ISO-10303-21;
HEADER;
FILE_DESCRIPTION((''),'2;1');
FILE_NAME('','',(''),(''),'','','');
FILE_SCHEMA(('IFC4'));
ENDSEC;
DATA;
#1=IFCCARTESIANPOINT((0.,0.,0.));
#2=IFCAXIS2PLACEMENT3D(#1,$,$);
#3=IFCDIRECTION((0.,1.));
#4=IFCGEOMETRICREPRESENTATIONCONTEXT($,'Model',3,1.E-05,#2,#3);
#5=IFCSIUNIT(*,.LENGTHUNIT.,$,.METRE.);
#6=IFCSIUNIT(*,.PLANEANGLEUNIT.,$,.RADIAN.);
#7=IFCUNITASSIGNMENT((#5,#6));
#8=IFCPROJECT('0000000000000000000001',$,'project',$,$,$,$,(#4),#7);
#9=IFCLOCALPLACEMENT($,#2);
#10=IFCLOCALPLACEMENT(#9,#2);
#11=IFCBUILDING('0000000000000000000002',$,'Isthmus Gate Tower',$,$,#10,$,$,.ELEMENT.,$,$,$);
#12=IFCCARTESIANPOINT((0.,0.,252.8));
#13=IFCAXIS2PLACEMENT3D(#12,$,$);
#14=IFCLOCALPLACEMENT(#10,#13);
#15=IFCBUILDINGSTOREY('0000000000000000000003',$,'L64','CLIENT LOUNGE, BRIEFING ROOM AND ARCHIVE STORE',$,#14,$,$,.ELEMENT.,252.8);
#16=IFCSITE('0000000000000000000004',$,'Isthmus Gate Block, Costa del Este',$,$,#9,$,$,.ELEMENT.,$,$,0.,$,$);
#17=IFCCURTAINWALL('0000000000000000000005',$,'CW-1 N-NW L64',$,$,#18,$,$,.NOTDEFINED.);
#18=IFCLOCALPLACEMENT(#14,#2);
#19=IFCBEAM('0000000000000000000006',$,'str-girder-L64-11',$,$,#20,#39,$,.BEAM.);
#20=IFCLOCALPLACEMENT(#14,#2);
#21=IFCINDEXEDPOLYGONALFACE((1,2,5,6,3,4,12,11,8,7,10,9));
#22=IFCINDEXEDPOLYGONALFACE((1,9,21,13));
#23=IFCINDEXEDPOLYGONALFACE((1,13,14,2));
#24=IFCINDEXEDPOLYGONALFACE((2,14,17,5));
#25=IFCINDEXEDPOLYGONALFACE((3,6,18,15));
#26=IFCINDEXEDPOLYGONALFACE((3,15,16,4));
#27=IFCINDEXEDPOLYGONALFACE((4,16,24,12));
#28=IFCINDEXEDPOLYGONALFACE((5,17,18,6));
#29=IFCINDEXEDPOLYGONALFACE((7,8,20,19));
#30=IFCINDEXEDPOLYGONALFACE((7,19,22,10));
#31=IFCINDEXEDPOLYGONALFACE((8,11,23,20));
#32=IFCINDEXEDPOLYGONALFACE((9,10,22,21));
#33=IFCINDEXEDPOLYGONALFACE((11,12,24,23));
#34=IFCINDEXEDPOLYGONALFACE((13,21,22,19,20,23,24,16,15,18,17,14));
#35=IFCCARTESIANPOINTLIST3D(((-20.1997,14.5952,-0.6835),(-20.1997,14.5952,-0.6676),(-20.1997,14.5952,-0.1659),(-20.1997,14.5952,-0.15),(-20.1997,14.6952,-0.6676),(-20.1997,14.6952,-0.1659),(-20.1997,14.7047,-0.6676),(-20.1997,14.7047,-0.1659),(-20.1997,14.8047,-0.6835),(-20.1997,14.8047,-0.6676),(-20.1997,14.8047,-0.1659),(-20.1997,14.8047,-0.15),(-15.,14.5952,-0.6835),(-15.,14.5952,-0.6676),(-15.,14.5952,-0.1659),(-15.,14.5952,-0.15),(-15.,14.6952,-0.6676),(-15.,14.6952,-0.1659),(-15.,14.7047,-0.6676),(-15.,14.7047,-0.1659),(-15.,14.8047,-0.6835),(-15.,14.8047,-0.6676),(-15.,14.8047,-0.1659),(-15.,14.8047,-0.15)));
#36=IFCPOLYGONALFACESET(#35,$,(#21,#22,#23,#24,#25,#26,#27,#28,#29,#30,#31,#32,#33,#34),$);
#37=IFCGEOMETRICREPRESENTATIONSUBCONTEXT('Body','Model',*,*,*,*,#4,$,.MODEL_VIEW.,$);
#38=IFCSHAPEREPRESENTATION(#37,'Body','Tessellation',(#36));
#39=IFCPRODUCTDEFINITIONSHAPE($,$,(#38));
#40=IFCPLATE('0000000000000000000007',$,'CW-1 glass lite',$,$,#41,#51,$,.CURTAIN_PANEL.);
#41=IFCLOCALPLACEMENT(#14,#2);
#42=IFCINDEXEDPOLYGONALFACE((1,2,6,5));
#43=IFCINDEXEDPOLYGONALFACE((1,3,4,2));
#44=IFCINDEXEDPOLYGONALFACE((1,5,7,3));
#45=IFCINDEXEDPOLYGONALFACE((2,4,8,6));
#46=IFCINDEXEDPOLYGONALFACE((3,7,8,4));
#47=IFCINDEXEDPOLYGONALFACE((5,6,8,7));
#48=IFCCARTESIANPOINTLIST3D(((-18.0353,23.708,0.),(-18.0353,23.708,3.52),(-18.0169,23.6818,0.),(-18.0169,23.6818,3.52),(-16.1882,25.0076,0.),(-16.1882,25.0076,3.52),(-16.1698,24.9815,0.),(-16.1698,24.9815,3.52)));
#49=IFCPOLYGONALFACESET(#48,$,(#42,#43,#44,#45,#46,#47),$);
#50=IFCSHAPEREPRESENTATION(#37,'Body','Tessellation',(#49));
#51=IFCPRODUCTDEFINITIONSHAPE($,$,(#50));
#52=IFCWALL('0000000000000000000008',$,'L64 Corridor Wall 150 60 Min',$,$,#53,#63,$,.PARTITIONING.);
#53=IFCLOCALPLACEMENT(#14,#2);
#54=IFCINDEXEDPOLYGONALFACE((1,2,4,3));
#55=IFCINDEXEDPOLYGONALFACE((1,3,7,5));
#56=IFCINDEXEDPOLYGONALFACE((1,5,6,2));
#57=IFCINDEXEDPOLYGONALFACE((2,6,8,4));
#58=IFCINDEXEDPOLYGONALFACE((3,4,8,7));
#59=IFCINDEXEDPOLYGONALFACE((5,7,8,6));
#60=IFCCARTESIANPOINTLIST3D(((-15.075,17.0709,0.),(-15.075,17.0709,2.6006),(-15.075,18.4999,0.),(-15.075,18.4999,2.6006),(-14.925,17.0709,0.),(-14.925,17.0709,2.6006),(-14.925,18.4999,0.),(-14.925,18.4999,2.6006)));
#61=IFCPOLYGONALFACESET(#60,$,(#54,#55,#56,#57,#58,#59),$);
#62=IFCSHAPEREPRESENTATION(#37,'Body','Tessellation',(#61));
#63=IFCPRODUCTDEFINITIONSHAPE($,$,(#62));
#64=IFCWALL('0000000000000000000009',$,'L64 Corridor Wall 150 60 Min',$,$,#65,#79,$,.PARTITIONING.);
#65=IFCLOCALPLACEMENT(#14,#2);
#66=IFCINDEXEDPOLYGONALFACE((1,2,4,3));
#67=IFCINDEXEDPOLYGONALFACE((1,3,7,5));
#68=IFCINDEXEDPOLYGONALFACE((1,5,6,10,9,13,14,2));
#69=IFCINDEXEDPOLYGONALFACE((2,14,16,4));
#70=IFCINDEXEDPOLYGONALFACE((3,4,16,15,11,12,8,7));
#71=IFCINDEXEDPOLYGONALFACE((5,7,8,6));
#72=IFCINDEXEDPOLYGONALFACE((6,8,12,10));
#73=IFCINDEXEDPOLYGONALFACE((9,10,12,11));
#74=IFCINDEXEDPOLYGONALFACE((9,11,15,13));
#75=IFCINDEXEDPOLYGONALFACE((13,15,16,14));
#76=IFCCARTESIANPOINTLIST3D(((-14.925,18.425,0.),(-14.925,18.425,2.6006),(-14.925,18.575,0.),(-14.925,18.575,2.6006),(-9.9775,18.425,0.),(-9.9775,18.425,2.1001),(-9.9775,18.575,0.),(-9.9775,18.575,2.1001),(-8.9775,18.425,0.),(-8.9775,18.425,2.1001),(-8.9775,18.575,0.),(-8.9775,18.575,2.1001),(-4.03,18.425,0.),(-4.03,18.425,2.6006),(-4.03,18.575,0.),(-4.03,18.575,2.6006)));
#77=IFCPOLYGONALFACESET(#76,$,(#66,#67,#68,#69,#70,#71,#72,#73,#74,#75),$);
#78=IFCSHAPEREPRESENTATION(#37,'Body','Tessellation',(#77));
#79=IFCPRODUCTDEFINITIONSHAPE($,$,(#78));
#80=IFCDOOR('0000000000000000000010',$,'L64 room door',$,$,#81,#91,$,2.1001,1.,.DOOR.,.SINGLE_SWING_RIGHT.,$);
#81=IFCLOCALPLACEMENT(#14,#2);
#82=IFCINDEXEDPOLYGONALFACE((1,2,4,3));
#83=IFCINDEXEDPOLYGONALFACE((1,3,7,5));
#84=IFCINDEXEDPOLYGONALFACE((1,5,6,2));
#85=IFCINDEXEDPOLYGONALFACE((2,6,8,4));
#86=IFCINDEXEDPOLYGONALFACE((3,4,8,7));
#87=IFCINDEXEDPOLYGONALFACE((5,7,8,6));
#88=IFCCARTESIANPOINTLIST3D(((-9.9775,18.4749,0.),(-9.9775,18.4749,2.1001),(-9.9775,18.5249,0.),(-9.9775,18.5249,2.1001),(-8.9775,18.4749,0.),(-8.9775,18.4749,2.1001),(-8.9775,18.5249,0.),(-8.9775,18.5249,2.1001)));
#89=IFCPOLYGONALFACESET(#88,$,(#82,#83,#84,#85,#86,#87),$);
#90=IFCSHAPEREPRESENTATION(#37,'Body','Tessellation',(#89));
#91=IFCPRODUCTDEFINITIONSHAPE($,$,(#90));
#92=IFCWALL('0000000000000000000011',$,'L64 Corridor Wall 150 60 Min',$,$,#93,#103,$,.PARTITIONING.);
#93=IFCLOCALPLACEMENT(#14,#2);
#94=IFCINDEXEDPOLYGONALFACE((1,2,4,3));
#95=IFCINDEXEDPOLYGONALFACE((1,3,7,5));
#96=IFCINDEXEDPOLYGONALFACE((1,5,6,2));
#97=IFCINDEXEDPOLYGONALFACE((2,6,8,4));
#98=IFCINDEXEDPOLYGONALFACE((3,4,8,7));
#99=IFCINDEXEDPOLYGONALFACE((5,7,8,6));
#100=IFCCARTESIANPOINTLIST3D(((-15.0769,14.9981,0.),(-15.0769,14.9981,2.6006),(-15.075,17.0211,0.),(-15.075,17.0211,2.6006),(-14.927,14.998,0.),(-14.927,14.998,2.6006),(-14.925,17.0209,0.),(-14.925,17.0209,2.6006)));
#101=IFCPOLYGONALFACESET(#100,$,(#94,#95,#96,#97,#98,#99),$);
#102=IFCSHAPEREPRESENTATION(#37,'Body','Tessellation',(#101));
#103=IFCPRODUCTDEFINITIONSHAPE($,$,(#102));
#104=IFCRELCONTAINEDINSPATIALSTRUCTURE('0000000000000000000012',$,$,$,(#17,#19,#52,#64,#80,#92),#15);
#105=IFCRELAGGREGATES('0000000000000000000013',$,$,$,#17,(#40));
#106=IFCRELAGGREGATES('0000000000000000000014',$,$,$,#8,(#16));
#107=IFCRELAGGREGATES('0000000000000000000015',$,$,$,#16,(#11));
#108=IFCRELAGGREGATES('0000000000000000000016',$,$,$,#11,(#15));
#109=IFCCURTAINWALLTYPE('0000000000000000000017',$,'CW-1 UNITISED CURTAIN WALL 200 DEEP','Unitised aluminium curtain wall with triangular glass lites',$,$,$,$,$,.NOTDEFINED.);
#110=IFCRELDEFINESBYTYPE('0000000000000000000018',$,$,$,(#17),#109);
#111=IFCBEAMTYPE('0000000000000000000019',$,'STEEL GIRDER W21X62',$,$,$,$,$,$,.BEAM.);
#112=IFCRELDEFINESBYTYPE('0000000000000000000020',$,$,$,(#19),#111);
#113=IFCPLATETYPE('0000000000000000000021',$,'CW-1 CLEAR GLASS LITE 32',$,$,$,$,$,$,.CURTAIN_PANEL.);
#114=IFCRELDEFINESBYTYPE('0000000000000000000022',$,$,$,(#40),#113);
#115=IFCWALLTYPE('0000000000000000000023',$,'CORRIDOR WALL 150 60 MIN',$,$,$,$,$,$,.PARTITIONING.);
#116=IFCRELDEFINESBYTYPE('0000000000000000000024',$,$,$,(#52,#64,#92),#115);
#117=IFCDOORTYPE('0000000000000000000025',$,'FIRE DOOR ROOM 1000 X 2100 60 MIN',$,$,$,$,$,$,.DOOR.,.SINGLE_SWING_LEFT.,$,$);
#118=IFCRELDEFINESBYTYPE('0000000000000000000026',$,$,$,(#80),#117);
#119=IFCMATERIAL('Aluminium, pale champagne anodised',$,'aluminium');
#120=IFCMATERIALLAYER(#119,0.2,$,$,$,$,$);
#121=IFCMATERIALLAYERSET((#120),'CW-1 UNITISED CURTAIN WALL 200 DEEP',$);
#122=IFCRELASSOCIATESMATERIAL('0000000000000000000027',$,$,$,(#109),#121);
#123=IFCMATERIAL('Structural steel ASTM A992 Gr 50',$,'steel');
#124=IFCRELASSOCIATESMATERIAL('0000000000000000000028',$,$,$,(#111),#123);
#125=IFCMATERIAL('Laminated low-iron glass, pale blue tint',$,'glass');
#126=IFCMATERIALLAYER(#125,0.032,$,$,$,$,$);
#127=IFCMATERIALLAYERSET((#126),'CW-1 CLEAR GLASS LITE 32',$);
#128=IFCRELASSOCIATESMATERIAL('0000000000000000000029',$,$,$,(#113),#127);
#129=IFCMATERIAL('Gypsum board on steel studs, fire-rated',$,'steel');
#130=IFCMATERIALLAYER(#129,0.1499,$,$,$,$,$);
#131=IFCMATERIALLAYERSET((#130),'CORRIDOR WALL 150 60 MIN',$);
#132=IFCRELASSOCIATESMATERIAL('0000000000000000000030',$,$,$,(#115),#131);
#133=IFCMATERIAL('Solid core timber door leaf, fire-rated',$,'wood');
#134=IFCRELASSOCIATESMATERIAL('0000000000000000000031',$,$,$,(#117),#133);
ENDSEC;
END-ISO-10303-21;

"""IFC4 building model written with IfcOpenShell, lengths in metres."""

from ifc_helpers import new_model, si_unit, direction, frame, frame_2d, origin, origin_2d, place, context, subcontext, project, spatial, rectangle, i_section, extrude, material, layer, layer_set, material_profile, profile_set, type_object, element, fill, aggregate, save


model = new_model("IFC4")

# Units and contexts
model_context = context("Model", 3, precision=1e-05, world=origin(), true_north=direction((0.0, 1.0)))
body_context = subcontext(model_context, "Body", "Model", "MODEL_VIEW")
ifc_project = project(units=[si_unit("LENGTHUNIT", "METRE"), si_unit("PLANEANGLEUNIT", "RADIAN")], contexts=[model_context])

# Site, building, storey
site_placement = place(None, origin())
site = spatial("IfcSite", under=ifc_project, at=site_placement, Name="Isthmus Gate Block, Costa del Este", CompositionType="ELEMENT", RefElevation=0.0)
building_placement = place(site_placement, origin())
building = spatial("IfcBuilding", under=site, at=building_placement, Name="Isthmus Gate Tower", CompositionType="ELEMENT")
storey_placement = place(building_placement, frame((0.0, 0.0, 252.8)))
storey = spatial("IfcBuildingStorey", under=building, at=storey_placement, Name="L64", Description="CLIENT LOUNGE, BRIEFING ROOM AND ARCHIVE STORE", CompositionType="ELEMENT", Elevation=252.8)

# Curtain wall
ifc_material_1 = material(Name="Aluminium, pale champagne anodised", Category="aluminium")
ifc_layer_1 = layer(ifc_material_1, 0.2)
ifc_layer_set_1 = layer_set([ifc_layer_1], Name="CW-1 UNITISED CURTAIN WALL 200 DEEP")
curtain_wall_type = type_object("IfcCurtainWallType", Name="CW-1 UNITISED CURTAIN WALL 200 DEEP", Description="Unitised aluminium curtain wall with triangular glass lites", PredefinedType="NOTDEFINED", material=ifc_layer_set_1)
curtain_wall_1_placement = place(storey_placement, origin())
curtain_wall_1 = element("IfcCurtainWall", 1, at=curtain_wall_1_placement, inside=storey, type_object=curtain_wall_type, Name="CW-1 N-NW L64", PredefinedType="NOTDEFINED")

# Beam
ifc_material_2 = material(Name="Structural steel ASTM A992 Gr 50", Category="steel")
ifc_material_profile_1 = material_profile(ifc_material_2, i_section(OverallWidth=0.2095, OverallDepth=0.5334, WebThickness=0.0095, FlangeThickness=0.0159, at=origin_2d()), Name="W21X62")
ifc_profile_set_1 = profile_set([ifc_material_profile_1], Name="Structural steel ASTM A992 Gr 50")
beam_type_1 = type_object("IfcBeamType", Name="STEEL GIRDER W21X62", PredefinedType="BEAM", material=ifc_profile_set_1)
beam_1_placement = place(storey_placement, frame((-15.0, 14.7, -0.4167), z_axis=(-1.0, 0.0, 0.0), x_axis=(0.0, -1.0, 0.0)))
element("IfcBeam", 2, at=beam_1_placement, inside=storey, type_object=beam_type_1, Name="str-girder-L64-11", PredefinedType="BEAM", context=body_context, shape_type="SweptSolid", body=[
    extrude(i_section(OverallWidth=0.2095, OverallDepth=0.5334, WebThickness=0.0095, FlangeThickness=0.0159, at=origin_2d()), origin(), (0.0, 0.0, 1.0), 5.1997),
])

# Plate
ifc_material_3 = material(Name="Laminated low-iron glass, pale blue tint", Category="glass")
ifc_layer_2 = layer(ifc_material_3, 0.032)
ifc_layer_set_2 = layer_set([ifc_layer_2], Name="CW-1 CLEAR GLASS LITE 32")
plate_type = type_object("IfcPlateType", Name="CW-1 CLEAR GLASS LITE 32", PredefinedType="CURTAIN_PANEL", material=ifc_layer_set_2)
plate_placement = place(storey_placement, frame((-17.1025, 24.3447, 0.0), z_axis=(0.0, 0.0, 1.0), x_axis=(-0.81786, -0.575418, 0.0)))
plate = element("IfcPlate", 3, at=plate_placement, type_object=plate_type, Name="CW-1 glass lite", PredefinedType="CURTAIN_PANEL", context=body_context, shape_type="SweptSolid", body=[
    extrude(rectangle(XDim=2.2585, YDim=0.032, at=origin_2d()), origin(), (0.0, 0.0, 1.0), 3.52),
])
aggregate(curtain_wall_1, [plate])

# Wall
ifc_material_4 = material(Name="Gypsum board on steel studs, fire-rated", Category="steel")
ifc_layer_3 = layer(ifc_material_4, 0.1499)
ifc_layer_set_3 = layer_set([ifc_layer_3], Name="CORRIDOR WALL 150 60 MIN")
wall_type_1 = type_object("IfcWallType", Name="CORRIDOR WALL 150 60 MIN", PredefinedType="PARTITIONING", material=ifc_layer_set_3)
wall_1_placement = place(storey_placement, frame((-15.0, 17.071, 0.0), z_axis=(0.0, 0.0, 1.0), x_axis=(0.0, 1.0, 0.0)))
element("IfcWall", 4, at=wall_1_placement, inside=storey, type_object=wall_type_1, Name="L64 Corridor Wall 150 60 Min", PredefinedType="PARTITIONING", context=body_context, shape_type="SweptSolid", body=[
    extrude(rectangle(XDim=1.429, YDim=0.1499, at=frame_2d((0.7144, 0.0))), origin(), (0.0, 0.0, 1.0), 2.6006),
])

# Wall, opening, door
wall_2_placement = place(storey_placement, frame((-14.925, 18.5, 0.0), z_axis=(0.0, 0.0, 1.0), x_axis=(1.0, 0.0, 0.0)))
wall_2 = element("IfcWall", 5, at=wall_2_placement, inside=storey, type_object=wall_type_1, Name="L64 Corridor Wall 150 60 Min", PredefinedType="PARTITIONING", context=body_context, shape_type="SweptSolid", body=[
    extrude(rectangle(XDim=10.895, YDim=0.1499, at=frame_2d((5.4475, 0.0))), origin(), (0.0, 0.0, 1.0), 2.6006),
])
opening_1_placement = place(wall_2_placement, frame((4.9475, 0.0, 0.0)))
opening_1 = element("IfcOpeningElement", 6, at=opening_1_placement, cuts=wall_2, PredefinedType="OPENING", context=body_context, shape_type="SweptSolid", body=[
    extrude(rectangle(XDim=1.0, YDim=2.1001, at=frame_2d((0.5, 1.05))), frame((0.0, 0.085, 0.0), z_axis=(0.0, -1.0, 0.0), x_axis=(1.0, 0.0, 0.0)), (0.0, 0.0, 1.0), 0.1699),
])
ifc_material_5 = material(Name="Solid core timber door leaf, fire-rated", Category="wood")
door_type_1 = type_object("IfcDoorType", Name="FIRE DOOR ROOM 1000 X 2100 60 MIN", OperationType="SINGLE_SWING_LEFT", PredefinedType="DOOR", material=ifc_material_5)
door_1_placement = place(opening_1_placement, origin())
door_1 = element("IfcDoor", 7, at=door_1_placement, inside=storey, type_object=door_type_1, Name="L64 room door", OperationType="SINGLE_SWING_RIGHT", OverallHeight=2.1001, OverallWidth=1.0, PredefinedType="DOOR", context=body_context, shape_type="SweptSolid", body=[
    extrude(rectangle(XDim=1.0, YDim=2.1001, at=frame_2d((0.5, 1.05))), frame((0.0, 0.0249, 0.0), z_axis=(0.0, -1.0, 0.0), x_axis=(1.0, 0.0, 0.0)), (0.0, 0.0, 1.0), 0.05),
])
fill(opening_1, door_1)

# Wall
wall_3_placement = place(storey_placement, frame((-15.002, 14.998, 0.0), z_axis=(0.0, 0.0, 1.0), x_axis=(0.000965, 1.0, 0.0)))
element("IfcWall", 8, at=wall_3_placement, inside=storey, type_object=wall_type_1, Name="L64 Corridor Wall 150 60 Min", PredefinedType="PARTITIONING", context=body_context, shape_type="SweptSolid", body=[
    extrude(rectangle(XDim=2.0229, YDim=0.1499, at=frame_2d((1.0115, 0.0))), origin(), (0.0, 0.0, 1.0), 2.6006),
])

save(model, "model.ifc")
